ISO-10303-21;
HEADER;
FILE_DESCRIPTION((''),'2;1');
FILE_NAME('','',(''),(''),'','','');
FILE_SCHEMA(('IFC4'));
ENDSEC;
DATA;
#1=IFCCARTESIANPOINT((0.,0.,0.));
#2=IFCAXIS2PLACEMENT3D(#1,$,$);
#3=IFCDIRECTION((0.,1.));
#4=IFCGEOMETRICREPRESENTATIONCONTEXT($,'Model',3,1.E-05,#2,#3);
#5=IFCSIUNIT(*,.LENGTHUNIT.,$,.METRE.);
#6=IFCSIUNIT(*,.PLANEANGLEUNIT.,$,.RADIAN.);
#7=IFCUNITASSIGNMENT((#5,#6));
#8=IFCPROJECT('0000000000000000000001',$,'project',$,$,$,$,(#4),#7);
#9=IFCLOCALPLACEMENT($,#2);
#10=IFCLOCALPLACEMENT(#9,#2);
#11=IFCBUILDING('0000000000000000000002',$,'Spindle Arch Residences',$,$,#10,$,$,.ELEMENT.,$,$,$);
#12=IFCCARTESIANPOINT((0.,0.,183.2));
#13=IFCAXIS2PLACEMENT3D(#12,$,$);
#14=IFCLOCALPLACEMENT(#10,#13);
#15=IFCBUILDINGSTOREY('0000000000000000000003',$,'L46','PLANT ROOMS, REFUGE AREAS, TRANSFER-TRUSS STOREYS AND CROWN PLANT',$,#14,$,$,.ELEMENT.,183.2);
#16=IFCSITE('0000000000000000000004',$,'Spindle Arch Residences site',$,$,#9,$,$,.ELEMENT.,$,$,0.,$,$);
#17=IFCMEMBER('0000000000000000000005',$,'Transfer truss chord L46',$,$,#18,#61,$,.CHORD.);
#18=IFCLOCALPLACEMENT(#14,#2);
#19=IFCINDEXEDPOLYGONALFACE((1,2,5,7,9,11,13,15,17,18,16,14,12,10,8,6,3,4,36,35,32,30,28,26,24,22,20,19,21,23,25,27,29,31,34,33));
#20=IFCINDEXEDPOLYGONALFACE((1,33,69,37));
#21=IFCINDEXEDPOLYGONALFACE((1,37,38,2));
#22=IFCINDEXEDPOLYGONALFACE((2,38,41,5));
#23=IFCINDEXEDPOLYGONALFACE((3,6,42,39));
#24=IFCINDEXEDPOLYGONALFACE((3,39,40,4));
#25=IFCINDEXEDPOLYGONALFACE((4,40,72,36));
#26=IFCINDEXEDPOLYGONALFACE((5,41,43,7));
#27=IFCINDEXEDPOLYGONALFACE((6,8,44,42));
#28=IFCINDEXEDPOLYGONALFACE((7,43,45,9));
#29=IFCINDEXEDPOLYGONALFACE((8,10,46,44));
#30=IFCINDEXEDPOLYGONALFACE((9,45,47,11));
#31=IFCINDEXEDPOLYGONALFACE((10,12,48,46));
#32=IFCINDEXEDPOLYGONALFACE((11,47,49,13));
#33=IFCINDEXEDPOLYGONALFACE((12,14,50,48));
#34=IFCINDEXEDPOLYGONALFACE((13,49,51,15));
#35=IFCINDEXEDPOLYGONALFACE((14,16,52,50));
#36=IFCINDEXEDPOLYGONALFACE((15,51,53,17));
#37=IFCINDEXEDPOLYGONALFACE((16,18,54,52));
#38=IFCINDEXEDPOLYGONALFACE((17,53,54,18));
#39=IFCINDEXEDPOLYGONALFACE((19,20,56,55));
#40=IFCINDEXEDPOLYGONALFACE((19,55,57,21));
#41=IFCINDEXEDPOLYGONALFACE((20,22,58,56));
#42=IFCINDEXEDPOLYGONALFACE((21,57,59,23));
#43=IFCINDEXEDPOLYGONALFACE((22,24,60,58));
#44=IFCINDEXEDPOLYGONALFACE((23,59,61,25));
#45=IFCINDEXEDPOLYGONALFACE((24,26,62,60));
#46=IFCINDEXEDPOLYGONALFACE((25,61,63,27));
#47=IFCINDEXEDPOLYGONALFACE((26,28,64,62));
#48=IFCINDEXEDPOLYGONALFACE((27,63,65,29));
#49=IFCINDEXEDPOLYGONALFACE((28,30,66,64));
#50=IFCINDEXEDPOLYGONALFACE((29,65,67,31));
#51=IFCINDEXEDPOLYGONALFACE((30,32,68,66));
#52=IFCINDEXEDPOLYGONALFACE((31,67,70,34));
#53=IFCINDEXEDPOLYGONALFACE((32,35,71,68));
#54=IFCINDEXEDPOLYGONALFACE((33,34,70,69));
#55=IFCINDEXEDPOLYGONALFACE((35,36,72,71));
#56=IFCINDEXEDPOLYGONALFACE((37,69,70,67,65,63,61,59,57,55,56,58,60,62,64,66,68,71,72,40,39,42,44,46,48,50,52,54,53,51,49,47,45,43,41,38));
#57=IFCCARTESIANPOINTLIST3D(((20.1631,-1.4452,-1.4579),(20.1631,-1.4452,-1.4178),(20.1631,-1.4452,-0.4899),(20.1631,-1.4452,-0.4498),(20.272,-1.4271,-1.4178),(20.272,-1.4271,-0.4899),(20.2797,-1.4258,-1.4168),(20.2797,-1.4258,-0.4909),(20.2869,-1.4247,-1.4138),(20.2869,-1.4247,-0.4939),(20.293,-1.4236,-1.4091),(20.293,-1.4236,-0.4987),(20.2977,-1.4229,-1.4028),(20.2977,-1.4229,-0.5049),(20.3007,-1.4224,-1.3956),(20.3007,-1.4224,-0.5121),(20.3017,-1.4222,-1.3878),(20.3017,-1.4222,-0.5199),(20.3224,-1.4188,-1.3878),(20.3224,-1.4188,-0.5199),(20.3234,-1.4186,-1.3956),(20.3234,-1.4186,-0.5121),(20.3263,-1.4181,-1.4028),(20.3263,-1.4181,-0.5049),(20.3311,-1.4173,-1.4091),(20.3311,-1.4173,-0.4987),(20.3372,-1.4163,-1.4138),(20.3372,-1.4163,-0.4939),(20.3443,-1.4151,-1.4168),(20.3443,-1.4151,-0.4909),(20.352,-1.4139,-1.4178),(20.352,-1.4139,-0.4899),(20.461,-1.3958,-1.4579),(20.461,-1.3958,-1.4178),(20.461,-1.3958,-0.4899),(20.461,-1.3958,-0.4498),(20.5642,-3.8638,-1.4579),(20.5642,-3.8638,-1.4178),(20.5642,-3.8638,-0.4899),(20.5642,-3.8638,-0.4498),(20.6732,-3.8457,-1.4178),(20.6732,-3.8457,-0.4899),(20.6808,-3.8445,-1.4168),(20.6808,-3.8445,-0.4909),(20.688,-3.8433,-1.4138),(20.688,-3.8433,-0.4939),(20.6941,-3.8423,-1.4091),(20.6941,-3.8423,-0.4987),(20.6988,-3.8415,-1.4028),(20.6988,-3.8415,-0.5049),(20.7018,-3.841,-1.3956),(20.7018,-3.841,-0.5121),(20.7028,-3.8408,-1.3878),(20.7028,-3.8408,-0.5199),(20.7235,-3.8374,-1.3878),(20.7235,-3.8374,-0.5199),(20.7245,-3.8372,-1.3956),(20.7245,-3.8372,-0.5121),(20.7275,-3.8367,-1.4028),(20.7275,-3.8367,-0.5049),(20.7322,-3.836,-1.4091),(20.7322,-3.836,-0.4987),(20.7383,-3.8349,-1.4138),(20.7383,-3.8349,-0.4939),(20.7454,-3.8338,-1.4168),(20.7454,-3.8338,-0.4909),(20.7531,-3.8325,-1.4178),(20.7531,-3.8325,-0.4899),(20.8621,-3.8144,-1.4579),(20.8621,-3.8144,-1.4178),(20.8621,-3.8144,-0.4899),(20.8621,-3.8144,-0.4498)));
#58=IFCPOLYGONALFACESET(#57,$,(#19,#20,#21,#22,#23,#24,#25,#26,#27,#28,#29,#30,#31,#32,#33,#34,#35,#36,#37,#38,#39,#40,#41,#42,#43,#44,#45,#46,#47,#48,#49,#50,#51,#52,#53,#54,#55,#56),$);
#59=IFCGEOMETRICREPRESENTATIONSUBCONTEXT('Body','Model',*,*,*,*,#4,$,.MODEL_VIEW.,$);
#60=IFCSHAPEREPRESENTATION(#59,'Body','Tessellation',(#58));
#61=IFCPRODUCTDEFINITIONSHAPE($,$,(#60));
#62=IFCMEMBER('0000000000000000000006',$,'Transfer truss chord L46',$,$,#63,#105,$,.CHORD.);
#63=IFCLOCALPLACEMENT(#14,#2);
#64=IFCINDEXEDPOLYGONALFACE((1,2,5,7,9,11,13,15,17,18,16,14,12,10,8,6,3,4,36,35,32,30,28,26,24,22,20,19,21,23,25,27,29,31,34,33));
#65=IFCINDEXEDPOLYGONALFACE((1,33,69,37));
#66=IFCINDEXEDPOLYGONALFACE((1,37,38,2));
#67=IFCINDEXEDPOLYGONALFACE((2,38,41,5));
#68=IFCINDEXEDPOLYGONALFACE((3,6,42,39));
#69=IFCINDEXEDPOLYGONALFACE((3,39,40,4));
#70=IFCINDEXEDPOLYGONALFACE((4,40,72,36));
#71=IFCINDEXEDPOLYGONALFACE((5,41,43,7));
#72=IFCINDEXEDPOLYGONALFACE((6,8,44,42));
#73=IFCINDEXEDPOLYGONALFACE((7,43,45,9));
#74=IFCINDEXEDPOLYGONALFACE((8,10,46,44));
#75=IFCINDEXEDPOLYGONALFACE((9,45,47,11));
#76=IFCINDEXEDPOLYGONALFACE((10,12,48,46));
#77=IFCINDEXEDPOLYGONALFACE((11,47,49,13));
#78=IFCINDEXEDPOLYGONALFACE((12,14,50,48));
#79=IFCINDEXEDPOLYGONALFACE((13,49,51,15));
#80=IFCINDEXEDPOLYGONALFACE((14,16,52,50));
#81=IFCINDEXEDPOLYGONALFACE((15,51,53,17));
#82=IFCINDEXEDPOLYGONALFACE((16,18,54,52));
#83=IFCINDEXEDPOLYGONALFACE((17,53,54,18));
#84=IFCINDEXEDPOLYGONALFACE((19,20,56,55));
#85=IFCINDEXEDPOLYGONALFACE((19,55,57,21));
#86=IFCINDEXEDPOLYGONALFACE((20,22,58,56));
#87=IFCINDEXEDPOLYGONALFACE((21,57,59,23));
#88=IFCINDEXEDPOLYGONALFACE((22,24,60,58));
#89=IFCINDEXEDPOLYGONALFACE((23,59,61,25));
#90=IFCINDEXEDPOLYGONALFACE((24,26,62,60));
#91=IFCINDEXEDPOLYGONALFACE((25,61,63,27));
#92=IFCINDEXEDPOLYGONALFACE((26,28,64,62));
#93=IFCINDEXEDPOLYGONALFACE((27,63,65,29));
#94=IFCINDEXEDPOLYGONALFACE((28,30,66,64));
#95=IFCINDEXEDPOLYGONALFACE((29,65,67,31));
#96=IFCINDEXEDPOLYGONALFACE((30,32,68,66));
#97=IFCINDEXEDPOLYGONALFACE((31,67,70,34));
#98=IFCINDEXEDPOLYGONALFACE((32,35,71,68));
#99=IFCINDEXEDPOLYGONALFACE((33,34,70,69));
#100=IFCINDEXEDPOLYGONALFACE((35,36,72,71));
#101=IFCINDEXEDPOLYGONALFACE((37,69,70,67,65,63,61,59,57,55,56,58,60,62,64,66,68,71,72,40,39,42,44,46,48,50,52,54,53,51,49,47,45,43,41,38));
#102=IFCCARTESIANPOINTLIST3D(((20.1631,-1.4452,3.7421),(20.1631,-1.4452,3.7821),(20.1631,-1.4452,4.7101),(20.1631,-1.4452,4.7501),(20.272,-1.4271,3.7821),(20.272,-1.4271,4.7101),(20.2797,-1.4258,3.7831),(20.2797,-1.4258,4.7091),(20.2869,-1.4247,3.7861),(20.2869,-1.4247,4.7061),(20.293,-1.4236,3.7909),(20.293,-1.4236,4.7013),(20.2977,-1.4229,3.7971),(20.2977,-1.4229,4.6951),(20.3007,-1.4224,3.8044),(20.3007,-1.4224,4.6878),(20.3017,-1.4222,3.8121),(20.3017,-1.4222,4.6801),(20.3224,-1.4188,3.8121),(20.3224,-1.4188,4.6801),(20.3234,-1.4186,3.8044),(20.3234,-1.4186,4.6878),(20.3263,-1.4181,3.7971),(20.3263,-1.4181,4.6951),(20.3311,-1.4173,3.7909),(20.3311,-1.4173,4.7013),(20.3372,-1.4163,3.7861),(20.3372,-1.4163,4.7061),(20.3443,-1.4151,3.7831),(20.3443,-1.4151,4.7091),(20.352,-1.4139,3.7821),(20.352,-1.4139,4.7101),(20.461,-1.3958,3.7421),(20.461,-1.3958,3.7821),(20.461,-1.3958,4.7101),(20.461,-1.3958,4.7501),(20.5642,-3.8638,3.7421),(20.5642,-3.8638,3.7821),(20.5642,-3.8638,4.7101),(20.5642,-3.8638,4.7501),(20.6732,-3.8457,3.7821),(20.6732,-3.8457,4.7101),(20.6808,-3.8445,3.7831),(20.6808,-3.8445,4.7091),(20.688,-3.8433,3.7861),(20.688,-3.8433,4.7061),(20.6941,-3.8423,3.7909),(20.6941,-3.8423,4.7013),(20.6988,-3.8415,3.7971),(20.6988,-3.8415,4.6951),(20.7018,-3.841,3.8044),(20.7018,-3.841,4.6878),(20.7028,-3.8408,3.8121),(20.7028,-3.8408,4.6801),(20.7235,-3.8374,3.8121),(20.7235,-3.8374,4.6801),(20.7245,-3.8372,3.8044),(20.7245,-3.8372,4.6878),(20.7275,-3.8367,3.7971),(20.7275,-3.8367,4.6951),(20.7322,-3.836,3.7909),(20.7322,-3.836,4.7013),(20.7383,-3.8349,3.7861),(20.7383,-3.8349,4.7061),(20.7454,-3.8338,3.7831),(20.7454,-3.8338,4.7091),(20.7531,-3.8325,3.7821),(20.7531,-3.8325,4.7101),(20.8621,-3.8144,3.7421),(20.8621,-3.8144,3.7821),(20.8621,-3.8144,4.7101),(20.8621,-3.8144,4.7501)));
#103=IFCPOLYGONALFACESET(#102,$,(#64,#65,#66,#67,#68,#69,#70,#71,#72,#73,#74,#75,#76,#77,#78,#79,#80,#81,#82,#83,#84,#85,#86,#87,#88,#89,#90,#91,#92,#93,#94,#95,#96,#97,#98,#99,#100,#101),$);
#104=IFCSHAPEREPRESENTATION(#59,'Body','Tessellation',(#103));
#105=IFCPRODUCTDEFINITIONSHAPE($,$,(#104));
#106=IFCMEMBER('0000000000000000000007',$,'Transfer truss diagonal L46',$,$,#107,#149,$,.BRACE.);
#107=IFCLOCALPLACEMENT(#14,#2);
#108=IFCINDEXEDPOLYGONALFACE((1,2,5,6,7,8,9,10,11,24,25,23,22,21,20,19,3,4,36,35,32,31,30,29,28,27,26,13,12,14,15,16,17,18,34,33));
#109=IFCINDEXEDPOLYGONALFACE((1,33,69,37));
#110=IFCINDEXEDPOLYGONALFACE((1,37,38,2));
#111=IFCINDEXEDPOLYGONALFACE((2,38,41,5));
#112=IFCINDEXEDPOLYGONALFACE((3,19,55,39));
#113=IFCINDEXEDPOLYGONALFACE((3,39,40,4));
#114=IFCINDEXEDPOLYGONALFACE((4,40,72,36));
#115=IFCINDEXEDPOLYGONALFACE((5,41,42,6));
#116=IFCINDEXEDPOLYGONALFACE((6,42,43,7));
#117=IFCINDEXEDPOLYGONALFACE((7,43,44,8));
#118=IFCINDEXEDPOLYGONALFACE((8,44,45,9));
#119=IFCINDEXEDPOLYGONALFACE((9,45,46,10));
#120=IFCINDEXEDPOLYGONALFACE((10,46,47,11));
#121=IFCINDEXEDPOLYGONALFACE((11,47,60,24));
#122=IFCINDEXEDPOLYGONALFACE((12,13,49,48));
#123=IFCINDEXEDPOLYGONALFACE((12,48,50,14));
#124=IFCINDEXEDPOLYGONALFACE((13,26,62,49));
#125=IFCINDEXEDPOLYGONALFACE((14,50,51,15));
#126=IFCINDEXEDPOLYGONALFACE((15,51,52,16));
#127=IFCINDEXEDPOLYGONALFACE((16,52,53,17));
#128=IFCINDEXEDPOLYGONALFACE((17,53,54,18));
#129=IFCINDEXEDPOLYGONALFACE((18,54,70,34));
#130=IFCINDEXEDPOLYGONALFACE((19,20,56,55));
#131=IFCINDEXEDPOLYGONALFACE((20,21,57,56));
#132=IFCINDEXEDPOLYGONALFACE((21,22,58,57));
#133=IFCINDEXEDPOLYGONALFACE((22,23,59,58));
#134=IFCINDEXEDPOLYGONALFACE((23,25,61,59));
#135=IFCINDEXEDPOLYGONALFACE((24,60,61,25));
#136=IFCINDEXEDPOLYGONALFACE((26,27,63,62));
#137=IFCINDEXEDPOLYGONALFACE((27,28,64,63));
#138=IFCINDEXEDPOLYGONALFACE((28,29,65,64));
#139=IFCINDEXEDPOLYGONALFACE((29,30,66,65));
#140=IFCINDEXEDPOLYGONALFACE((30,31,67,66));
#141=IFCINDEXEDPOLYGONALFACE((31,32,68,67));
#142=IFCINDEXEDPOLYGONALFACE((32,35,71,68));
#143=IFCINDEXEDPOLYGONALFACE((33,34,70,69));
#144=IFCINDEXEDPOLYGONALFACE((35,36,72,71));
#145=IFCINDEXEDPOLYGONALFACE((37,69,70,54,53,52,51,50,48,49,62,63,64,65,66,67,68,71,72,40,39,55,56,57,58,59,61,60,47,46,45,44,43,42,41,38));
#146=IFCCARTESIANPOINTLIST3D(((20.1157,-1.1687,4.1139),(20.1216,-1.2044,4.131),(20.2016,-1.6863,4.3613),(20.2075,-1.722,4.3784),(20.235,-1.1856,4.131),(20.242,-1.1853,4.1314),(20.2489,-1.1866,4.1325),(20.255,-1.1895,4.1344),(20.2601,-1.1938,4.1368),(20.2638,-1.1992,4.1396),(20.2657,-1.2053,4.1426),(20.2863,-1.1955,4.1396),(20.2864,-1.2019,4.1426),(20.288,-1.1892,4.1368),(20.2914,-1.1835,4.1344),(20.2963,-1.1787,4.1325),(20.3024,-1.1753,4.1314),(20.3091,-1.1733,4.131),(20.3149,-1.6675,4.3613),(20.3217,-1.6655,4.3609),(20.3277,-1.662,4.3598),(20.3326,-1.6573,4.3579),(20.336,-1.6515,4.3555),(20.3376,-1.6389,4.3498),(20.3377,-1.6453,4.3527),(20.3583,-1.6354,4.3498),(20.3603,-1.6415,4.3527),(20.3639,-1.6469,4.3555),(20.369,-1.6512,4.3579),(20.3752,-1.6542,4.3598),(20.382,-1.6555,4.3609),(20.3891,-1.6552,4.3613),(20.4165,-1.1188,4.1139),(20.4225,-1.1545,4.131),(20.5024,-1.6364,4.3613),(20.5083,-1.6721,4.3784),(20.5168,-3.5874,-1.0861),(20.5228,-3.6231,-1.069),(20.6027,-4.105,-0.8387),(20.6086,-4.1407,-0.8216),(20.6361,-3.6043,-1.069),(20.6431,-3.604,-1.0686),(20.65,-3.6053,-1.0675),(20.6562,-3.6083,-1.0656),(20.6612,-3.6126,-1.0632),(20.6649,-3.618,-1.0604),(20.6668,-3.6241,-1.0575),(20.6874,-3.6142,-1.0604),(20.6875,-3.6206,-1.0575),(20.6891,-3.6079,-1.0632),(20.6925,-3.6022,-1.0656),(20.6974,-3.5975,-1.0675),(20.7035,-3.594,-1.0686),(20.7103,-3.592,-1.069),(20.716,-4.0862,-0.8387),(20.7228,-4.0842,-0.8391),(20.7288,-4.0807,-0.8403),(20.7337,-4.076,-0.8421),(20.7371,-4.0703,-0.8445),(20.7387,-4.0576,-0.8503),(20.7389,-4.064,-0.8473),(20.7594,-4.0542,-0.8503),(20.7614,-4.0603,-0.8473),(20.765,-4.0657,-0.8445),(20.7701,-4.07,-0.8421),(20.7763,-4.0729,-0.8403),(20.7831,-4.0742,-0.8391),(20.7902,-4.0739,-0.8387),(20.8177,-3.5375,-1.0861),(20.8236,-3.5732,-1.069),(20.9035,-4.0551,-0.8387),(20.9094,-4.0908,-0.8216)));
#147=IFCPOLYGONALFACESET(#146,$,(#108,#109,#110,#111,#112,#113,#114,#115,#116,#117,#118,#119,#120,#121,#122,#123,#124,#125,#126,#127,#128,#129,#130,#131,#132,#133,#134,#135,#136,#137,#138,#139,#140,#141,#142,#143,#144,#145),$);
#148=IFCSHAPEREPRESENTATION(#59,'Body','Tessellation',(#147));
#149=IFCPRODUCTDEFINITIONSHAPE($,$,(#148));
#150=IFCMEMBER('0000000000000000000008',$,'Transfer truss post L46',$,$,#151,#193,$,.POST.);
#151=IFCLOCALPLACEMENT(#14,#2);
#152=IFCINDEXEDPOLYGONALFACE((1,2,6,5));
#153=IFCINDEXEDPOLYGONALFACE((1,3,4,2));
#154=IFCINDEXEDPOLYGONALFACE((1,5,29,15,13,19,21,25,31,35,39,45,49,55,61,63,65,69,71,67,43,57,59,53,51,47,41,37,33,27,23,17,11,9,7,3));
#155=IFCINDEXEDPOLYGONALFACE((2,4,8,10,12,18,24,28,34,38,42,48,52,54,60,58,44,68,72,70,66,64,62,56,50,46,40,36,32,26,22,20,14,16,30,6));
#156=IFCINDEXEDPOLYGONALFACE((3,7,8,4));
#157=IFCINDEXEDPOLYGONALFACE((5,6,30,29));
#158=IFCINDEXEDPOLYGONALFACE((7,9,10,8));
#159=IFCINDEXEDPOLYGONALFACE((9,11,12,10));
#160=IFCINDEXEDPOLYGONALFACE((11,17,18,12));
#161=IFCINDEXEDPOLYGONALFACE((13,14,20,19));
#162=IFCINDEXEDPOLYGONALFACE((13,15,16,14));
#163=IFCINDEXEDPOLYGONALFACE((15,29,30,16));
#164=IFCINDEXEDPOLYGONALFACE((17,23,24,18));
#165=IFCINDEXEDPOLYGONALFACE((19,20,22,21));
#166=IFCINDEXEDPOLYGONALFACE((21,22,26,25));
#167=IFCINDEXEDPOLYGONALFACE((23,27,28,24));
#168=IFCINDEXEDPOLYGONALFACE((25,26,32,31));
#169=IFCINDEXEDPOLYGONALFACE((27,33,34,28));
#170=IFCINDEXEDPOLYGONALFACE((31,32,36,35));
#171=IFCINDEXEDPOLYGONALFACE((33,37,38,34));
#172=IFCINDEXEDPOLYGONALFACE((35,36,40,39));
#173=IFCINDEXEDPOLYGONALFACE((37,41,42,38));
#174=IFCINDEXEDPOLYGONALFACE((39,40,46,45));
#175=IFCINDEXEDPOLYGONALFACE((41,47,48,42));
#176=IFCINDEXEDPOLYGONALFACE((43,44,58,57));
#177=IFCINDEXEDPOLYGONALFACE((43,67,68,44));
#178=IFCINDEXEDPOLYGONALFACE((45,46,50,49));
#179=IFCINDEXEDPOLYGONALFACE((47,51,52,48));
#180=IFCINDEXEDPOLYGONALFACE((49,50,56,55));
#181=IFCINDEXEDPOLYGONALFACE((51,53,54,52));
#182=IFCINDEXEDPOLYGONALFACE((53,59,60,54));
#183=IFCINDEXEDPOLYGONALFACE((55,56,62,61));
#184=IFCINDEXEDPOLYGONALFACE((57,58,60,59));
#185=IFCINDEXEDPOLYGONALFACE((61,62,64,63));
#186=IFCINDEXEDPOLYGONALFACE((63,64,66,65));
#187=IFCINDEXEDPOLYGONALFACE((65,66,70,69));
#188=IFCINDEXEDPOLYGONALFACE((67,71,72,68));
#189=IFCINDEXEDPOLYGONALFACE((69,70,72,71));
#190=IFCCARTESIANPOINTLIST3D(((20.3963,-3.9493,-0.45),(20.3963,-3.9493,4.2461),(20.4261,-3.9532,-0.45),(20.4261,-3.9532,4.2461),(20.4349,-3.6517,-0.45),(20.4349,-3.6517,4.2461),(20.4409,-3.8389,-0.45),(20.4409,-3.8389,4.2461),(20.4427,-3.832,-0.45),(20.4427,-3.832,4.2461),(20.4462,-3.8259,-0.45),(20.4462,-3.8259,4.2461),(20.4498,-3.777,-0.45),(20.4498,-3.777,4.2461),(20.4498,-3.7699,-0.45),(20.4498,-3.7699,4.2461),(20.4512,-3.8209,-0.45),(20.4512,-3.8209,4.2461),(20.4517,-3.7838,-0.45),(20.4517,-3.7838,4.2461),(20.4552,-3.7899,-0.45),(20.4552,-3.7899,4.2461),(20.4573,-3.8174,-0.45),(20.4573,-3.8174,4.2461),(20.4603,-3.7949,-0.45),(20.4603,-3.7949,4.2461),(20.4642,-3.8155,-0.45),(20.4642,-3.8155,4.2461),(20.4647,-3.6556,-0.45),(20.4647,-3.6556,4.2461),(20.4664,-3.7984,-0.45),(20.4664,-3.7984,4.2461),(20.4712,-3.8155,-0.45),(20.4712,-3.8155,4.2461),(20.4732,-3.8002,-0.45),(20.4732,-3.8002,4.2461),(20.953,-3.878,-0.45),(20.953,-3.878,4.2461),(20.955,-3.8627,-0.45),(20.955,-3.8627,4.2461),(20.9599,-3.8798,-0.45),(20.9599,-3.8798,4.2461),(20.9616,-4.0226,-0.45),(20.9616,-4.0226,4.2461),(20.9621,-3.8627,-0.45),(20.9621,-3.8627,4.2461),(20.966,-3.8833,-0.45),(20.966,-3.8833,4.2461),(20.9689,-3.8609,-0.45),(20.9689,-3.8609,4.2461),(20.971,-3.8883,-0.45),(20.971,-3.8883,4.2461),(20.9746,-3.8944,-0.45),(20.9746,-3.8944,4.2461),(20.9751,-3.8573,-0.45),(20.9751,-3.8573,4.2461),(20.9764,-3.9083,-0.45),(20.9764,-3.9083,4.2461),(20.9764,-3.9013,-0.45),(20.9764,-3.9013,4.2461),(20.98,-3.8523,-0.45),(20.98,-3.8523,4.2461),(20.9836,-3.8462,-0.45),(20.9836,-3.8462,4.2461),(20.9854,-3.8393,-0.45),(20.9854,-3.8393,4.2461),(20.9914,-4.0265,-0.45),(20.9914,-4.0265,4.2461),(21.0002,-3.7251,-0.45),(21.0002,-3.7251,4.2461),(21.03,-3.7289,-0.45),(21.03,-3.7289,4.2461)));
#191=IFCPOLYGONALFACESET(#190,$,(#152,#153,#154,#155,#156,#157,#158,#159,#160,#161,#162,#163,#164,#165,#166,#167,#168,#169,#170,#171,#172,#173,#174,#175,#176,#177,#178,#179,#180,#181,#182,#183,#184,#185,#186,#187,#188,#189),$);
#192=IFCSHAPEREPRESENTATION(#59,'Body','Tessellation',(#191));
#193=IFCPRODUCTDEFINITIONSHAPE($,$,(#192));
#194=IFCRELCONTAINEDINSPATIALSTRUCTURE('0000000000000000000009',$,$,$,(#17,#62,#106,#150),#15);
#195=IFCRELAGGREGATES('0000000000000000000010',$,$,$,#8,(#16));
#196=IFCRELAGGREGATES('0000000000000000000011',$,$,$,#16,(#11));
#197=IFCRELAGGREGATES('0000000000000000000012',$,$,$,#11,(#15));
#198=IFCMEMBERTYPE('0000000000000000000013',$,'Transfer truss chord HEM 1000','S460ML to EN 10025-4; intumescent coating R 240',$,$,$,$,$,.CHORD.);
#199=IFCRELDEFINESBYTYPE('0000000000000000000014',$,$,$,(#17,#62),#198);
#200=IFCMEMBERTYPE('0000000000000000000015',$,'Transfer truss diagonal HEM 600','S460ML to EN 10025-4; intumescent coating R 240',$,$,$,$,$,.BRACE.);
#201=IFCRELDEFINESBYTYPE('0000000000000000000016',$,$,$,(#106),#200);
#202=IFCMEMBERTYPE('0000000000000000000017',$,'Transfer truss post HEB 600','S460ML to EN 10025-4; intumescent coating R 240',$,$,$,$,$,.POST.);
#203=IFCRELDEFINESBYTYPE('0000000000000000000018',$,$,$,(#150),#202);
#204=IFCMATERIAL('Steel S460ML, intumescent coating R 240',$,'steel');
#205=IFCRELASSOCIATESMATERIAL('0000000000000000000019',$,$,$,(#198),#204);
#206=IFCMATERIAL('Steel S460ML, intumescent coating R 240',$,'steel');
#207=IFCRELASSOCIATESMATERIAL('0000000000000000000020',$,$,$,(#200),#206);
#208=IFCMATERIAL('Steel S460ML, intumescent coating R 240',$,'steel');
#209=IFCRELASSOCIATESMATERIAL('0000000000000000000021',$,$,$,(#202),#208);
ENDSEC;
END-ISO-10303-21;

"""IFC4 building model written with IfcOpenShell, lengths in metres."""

from ifc_helpers import new_model, si_unit, direction, frame, origin, origin_2d, place, context, subcontext, project, spatial, i_section, extrude, material, material_profile, profile_set, type_object, element, save


model = new_model("IFC4")

# Units and contexts
model_context = context("Model", 3, precision=1e-05, world=origin(), true_north=direction((0.0, 1.0)))
body_context = subcontext(model_context, "Body", "Model", "MODEL_VIEW")
ifc_project = project(units=[si_unit("LENGTHUNIT", "METRE"), si_unit("PLANEANGLEUNIT", "RADIAN")], contexts=[model_context])

# Site, building, storey
site_placement = place(None, origin())
site = spatial("IfcSite", under=ifc_project, at=site_placement, Name="Spindle Arch Residences site", CompositionType="ELEMENT", RefElevation=0.0)
building_placement = place(site_placement, origin())
building = spatial("IfcBuilding", under=site, at=building_placement, Name="Spindle Arch Residences", CompositionType="ELEMENT")
storey_placement = place(building_placement, frame((0.0, 0.0, 183.2)))
storey = spatial("IfcBuildingStorey", under=building, at=storey_placement, Name="L46", Description="PLANT ROOMS, REFUGE AREAS, TRANSFER-TRUSS STOREYS AND CROWN PLANT", CompositionType="ELEMENT", Elevation=183.2)

# Members
ifc_material_1 = material(Name="Steel S460ML, intumescent coating R 240", Category="steel")
ifc_material_profile_1 = material_profile(ifc_material_1, i_section(OverallWidth=0.302, OverallDepth=1.0081, WebThickness=0.021, FlangeThickness=0.04, FilletRadius=0.03, at=origin_2d()), Name="HEM 1000")
ifc_profile_set_1 = profile_set([ifc_material_profile_1], Name="Steel S460ML, intumescent coating R 240")
member_type_1 = type_object("IfcMemberType", Name="Transfer truss chord HEM 1000", Description="S460ML to EN 10025-4; intumescent coating R 240", PredefinedType="CHORD", material=ifc_profile_set_1)
for number, where, z_axis, x_axis, name in (
    (1, (20.7131, -3.8391, -0.9539), (-0.163608, 0.986525, 0.0), (-0.986525, -0.163608, 0.0), "Transfer truss chord L46"),
    (2, (20.7131, -3.8391, 4.2461), (-0.163608, 0.986525, 0.0), (-0.986525, -0.163608, 0.0), "Transfer truss chord L46"),
):
    element("IfcMember", number, at=place(storey_placement, frame(where, z_axis=z_axis, x_axis=x_axis)), inside=storey, type_object=member_type_1, Name=name, PredefinedType="CHORD", context=body_context, shape_type="SweptSolid", body=[
        extrude(i_section(OverallWidth=0.302, OverallDepth=1.0081, WebThickness=0.021, FlangeThickness=0.04, FilletRadius=0.03, at=origin_2d()), origin(), (0.0, 0.0, 1.0), 2.4517),
    ])
ifc_material_2 = material(Name="Steel S460ML, intumescent coating R 240", Category="steel")
ifc_material_profile_2 = material_profile(ifc_material_2, i_section(OverallWidth=0.3049, OverallDepth=0.6201, WebThickness=0.021, FlangeThickness=0.04, FilletRadius=0.0271, at=origin_2d()), Name="HEM 600")
ifc_profile_set_2 = profile_set([ifc_material_profile_2], Name="Steel S460ML, intumescent coating R 240")
member_type_2 = type_object("IfcMemberType", Name="Transfer truss diagonal HEM 600", Description="S460ML to EN 10025-4; intumescent coating R 240", PredefinedType="BRACE", material=ifc_profile_set_2)
member_1_placement = place(storey_placement, frame((20.7131, -3.8391, -0.9539), z_axis=(-0.069773, 0.42072, 0.904503), x_axis=(-0.986525, -0.163608, 0.0)))
element("IfcMember", 3, at=member_1_placement, inside=storey, type_object=member_type_2, Name="Transfer truss diagonal L46", PredefinedType="BRACE", context=body_context, shape_type="SweptSolid", body=[
    extrude(i_section(OverallWidth=0.3049, OverallDepth=0.6201, WebThickness=0.021, FlangeThickness=0.04, FilletRadius=0.0271, at=origin_2d()), origin(), (0.0, 0.0, 1.0), 5.749),
])
ifc_material_3 = material(Name="Steel S460ML, intumescent coating R 240", Category="steel")
ifc_material_profile_3 = material_profile(ifc_material_3, i_section(OverallWidth=0.3, OverallDepth=0.6001, WebThickness=0.0154, FlangeThickness=0.03, FilletRadius=0.0271, at=origin_2d()), Name="HEB 600")
ifc_profile_set_3 = profile_set([ifc_material_profile_3], Name="Steel S460ML, intumescent coating R 240")
member_type_3 = type_object("IfcMemberType", Name="Transfer truss post HEB 600", Description="S460ML to EN 10025-4; intumescent coating R 240", PredefinedType="POST", material=ifc_profile_set_3)
member_2_placement = place(storey_placement, frame((20.7131, -3.8391, -0.45), z_axis=(0.0, 0.0, 1.0), x_axis=(-0.128606, -0.991696, 0.0)))
element("IfcMember", 4, at=member_2_placement, inside=storey, type_object=member_type_3, Name="Transfer truss post L46", PredefinedType="POST", context=body_context, shape_type="SweptSolid", body=[
    extrude(i_section(OverallWidth=0.3, OverallDepth=0.6001, WebThickness=0.0154, FlangeThickness=0.03, FilletRadius=0.0271, at=origin_2d()), origin(), (0.0, 0.0, 1.0), 4.696),
])

save(model, "model.ifc")
